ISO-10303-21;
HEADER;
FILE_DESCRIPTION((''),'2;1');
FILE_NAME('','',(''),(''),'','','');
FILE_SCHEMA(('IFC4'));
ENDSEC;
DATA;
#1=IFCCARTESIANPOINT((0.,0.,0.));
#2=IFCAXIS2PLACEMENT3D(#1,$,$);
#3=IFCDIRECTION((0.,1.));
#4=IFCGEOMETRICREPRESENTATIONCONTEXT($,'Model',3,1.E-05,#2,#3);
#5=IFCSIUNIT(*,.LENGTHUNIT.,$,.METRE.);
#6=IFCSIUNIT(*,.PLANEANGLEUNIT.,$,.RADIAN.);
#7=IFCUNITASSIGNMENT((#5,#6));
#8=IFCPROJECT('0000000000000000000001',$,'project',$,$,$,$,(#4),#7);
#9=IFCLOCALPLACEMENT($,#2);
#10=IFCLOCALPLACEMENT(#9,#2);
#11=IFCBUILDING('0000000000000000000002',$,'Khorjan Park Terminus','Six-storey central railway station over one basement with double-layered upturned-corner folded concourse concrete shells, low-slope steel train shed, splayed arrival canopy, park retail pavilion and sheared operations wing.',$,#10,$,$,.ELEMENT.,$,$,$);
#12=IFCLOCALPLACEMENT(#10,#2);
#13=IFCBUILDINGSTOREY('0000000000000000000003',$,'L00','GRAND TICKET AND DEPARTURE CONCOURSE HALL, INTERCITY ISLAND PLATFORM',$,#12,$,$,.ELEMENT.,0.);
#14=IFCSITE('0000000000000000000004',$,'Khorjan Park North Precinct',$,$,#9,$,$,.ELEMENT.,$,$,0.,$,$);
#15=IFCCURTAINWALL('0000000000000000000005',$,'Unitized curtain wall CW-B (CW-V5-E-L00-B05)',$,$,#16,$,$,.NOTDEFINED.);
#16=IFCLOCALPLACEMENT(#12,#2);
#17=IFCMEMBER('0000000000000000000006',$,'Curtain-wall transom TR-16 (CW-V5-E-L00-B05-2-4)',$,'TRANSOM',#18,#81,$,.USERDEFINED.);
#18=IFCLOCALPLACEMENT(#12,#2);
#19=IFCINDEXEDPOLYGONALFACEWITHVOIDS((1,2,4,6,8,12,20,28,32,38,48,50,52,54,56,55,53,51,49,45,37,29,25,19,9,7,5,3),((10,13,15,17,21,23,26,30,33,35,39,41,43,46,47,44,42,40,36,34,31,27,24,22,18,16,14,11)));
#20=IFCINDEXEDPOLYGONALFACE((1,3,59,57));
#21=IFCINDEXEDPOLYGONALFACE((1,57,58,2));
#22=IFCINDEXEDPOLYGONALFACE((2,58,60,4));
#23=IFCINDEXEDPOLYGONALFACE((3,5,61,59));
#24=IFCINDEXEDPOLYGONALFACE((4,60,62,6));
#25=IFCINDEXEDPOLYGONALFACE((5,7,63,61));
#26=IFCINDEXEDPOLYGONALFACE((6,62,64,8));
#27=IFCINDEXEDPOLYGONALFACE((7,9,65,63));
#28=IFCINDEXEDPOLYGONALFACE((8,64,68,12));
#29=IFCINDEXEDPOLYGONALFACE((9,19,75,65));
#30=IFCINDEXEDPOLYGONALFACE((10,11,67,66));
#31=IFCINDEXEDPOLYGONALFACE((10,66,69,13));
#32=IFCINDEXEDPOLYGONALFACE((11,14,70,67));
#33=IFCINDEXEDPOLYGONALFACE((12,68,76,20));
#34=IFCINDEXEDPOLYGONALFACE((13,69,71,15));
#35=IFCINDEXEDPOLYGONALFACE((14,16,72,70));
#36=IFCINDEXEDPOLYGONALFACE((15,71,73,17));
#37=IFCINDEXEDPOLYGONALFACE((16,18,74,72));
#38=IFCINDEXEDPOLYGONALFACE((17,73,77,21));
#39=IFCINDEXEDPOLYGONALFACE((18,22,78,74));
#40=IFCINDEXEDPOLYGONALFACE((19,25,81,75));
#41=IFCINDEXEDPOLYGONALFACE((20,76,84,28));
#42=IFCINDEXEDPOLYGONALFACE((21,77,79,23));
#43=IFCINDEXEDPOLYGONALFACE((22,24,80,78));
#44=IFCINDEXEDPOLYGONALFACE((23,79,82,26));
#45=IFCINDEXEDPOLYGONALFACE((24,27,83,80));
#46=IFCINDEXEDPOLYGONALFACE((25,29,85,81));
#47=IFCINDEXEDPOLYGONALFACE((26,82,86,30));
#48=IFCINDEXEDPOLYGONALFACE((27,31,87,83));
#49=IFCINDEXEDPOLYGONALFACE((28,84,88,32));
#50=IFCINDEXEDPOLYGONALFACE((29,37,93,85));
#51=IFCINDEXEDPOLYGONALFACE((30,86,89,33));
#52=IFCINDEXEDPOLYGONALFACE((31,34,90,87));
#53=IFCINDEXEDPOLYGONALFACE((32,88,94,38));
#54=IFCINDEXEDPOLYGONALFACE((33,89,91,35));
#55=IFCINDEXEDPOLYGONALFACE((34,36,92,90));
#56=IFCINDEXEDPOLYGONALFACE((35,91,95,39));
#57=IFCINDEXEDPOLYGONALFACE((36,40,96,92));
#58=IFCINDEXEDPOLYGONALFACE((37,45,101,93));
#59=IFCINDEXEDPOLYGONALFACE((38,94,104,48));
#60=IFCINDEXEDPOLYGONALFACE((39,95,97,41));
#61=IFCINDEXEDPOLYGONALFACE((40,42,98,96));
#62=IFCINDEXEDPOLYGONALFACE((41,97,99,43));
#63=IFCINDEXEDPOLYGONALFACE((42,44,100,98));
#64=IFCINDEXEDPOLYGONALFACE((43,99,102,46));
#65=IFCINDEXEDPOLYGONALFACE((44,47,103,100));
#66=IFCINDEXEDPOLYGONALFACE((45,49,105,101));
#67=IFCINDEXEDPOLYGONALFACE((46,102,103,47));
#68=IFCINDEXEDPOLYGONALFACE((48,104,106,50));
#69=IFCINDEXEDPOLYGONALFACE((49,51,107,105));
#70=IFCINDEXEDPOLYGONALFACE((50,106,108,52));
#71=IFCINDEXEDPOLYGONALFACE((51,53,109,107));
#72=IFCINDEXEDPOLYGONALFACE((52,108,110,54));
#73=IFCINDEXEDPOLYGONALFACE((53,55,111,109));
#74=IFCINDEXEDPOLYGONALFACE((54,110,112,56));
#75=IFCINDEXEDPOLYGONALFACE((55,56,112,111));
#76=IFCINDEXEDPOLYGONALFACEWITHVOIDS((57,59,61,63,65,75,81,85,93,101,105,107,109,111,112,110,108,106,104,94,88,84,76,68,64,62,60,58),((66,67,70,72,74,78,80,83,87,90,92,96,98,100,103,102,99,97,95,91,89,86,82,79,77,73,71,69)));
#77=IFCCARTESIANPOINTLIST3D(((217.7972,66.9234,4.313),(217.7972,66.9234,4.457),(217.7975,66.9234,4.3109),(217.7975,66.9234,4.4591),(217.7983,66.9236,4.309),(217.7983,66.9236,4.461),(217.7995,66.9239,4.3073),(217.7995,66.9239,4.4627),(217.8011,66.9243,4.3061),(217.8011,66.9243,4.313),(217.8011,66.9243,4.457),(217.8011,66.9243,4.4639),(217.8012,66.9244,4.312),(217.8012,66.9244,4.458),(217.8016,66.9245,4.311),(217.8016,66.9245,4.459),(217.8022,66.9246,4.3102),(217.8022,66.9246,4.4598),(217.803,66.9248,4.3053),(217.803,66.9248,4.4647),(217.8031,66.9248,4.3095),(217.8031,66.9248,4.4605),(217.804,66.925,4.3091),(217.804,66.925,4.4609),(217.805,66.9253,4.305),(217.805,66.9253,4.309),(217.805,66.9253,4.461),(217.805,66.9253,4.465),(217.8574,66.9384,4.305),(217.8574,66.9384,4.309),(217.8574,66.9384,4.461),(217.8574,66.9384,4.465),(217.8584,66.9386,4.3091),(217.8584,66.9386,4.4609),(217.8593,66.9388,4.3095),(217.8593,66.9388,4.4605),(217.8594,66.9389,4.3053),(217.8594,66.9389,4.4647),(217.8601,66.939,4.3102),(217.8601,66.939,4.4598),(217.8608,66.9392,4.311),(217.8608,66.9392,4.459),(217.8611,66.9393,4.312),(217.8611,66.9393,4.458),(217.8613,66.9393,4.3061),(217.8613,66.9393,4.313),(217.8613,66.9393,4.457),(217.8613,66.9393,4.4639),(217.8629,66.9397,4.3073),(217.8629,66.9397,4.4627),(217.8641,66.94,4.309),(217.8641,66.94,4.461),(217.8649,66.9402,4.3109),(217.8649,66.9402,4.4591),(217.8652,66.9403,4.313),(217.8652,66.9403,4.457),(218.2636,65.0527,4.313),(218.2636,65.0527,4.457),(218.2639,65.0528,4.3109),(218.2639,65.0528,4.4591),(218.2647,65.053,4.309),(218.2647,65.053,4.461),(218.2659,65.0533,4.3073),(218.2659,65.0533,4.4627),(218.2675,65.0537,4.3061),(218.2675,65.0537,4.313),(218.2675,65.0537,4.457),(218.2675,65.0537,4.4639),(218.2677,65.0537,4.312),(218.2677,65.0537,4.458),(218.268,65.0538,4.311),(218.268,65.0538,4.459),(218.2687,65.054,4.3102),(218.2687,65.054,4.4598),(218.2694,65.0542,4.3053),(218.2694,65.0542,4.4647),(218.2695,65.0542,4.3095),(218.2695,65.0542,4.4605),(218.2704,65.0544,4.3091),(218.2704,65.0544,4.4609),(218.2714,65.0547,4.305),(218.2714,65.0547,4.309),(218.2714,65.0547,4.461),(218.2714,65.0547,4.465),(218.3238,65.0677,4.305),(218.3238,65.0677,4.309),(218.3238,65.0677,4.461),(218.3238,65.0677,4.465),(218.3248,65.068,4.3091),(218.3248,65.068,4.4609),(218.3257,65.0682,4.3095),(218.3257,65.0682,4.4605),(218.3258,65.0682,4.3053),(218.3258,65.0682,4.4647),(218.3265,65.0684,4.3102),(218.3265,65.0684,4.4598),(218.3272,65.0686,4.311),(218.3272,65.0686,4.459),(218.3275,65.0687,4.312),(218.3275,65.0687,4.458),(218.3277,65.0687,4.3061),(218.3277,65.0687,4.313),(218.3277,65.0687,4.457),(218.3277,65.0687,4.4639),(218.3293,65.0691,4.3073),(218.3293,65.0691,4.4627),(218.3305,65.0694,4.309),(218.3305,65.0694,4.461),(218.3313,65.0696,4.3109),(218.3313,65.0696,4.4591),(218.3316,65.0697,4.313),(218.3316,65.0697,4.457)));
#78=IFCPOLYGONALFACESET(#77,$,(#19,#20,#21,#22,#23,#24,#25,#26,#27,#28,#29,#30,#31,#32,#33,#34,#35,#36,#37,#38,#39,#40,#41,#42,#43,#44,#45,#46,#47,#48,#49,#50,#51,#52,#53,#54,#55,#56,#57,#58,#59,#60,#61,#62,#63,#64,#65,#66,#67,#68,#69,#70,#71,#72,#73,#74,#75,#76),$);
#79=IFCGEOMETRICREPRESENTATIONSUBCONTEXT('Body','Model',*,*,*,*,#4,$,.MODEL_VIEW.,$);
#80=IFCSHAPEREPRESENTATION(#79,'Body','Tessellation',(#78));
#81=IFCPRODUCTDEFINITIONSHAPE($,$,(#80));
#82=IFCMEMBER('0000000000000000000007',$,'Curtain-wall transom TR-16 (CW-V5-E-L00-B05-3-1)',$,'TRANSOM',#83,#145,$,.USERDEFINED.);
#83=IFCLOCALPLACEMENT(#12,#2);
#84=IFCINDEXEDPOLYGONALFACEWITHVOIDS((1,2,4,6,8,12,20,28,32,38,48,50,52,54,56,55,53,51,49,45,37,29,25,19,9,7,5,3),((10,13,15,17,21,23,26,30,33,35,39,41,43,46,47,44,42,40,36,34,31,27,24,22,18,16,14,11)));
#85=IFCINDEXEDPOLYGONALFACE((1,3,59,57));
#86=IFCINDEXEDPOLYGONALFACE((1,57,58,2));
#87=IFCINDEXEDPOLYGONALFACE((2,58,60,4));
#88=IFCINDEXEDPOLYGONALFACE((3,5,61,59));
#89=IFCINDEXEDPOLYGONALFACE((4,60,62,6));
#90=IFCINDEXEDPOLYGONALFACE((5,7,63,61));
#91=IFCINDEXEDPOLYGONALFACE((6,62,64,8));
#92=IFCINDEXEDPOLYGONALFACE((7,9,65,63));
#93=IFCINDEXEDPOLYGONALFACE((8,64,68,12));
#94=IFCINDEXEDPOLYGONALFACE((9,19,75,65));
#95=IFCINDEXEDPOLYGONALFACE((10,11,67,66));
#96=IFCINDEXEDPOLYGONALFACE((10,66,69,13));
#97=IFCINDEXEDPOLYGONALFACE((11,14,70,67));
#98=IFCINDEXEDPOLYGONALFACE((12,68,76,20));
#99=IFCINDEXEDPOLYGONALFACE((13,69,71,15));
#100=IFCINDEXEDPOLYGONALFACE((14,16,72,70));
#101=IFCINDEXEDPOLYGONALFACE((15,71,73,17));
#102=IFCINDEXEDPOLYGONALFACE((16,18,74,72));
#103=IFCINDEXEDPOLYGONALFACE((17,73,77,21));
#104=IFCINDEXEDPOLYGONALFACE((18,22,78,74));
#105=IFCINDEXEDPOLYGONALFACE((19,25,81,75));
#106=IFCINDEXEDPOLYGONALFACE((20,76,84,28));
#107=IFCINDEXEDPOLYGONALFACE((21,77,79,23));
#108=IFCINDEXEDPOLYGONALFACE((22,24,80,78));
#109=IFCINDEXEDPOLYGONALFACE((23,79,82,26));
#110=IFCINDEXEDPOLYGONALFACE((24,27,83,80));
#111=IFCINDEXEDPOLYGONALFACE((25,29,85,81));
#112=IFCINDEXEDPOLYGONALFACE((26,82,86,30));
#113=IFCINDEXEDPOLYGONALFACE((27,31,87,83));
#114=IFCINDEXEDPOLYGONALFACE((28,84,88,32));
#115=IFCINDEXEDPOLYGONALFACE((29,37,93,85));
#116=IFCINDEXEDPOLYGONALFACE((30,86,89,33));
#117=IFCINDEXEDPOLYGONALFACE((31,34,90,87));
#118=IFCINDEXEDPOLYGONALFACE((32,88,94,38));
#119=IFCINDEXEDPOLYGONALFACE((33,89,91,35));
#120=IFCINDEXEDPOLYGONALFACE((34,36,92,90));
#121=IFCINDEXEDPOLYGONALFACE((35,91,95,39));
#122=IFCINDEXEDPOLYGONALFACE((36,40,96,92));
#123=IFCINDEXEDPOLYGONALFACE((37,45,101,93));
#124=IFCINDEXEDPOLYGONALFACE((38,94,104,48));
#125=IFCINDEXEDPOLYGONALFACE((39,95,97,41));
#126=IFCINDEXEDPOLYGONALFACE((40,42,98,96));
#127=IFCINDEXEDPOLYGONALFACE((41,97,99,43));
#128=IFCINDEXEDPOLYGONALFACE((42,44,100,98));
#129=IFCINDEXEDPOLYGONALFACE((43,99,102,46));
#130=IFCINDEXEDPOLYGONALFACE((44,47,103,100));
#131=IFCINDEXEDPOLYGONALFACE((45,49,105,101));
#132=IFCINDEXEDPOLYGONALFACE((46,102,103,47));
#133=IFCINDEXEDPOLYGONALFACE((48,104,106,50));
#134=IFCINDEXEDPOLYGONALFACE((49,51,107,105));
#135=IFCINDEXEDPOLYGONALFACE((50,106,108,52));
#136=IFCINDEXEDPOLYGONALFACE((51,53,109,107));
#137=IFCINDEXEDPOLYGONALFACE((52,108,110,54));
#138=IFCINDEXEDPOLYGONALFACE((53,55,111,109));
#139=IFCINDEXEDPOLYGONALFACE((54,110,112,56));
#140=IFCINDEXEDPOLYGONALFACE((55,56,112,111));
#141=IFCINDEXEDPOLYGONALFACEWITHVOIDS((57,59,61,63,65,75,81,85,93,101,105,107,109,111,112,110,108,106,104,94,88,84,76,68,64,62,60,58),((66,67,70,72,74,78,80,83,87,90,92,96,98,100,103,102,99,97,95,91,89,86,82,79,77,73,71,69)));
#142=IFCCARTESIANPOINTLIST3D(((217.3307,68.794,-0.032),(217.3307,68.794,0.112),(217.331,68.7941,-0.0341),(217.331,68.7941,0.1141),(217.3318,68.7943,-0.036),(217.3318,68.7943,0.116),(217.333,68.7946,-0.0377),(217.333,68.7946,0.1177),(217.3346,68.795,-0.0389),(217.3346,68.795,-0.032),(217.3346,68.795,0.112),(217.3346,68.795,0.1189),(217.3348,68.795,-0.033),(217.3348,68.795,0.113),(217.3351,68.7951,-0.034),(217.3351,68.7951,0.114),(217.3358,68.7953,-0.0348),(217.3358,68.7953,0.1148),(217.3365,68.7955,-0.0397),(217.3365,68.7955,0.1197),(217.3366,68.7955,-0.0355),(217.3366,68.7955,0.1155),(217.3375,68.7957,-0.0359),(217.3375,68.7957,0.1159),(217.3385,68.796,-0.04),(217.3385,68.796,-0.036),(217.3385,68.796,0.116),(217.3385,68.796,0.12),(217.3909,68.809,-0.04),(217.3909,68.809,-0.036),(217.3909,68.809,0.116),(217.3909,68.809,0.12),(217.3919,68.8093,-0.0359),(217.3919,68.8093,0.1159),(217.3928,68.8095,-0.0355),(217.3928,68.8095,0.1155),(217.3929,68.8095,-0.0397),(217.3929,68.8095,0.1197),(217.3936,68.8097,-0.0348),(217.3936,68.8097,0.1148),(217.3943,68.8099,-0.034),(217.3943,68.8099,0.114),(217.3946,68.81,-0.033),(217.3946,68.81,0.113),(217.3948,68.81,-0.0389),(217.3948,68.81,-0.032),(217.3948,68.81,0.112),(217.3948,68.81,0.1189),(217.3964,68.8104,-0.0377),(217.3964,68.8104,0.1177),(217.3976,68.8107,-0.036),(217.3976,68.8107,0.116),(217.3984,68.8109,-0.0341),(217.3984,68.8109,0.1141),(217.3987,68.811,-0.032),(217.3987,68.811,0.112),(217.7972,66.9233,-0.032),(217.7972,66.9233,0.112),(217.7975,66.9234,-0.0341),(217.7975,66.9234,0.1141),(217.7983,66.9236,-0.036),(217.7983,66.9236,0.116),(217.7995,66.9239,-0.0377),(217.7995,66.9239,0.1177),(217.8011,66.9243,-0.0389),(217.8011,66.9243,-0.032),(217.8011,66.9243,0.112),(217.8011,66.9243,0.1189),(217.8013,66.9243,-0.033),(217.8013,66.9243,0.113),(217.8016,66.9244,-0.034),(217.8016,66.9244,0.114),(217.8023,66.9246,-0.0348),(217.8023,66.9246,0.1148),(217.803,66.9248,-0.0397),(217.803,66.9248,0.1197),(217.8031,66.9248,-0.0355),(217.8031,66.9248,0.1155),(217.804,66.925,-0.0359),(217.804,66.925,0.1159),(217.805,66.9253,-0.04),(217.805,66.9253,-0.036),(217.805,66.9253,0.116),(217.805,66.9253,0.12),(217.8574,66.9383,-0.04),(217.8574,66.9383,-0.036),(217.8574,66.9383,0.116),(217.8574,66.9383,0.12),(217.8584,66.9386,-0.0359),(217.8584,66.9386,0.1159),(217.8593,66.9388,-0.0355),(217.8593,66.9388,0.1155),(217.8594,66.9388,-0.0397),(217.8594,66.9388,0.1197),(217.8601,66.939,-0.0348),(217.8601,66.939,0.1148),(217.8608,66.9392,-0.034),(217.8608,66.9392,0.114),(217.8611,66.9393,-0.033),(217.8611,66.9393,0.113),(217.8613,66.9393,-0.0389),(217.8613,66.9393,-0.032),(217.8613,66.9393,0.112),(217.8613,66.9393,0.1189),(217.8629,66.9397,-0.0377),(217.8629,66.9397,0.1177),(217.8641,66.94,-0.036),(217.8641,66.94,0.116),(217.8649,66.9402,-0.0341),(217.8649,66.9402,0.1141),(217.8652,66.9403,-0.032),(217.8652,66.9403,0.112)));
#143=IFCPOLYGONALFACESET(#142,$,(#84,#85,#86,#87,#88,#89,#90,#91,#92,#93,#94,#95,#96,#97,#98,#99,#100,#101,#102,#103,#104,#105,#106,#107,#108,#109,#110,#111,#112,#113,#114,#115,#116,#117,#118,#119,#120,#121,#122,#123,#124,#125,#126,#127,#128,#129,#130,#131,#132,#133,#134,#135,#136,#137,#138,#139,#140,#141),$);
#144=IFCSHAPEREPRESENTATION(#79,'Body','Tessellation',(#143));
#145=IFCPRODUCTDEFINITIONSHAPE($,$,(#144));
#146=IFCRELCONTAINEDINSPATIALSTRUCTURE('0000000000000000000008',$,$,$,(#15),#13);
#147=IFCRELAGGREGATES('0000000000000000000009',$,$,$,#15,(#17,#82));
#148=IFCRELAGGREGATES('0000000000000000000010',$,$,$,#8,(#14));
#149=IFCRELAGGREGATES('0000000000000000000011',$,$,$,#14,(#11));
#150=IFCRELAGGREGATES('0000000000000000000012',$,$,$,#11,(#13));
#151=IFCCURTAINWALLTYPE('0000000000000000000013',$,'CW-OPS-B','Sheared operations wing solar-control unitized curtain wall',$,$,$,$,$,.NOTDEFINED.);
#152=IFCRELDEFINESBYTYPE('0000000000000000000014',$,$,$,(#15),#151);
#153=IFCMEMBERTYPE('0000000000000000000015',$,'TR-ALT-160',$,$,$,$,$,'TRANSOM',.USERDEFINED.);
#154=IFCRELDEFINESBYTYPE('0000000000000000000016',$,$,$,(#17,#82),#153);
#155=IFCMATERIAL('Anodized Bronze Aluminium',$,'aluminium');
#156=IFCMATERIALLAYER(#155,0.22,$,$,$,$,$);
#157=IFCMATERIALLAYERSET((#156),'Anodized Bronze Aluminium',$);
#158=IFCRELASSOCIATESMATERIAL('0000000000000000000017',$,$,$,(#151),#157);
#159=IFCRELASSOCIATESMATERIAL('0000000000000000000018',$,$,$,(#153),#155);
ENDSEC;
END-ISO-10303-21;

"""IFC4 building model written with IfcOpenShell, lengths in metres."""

from ifc_helpers import new_model, si_unit, direction, frame, origin, origin_2d, place, context, subcontext, project, spatial, hollow_rectangle, extrude, material, layer, layer_set, material_profile, profile_set, type_object, element, aggregate, save


model = new_model("IFC4")

# Units and contexts
model_context = context("Model", 3, precision=1e-05, world=origin(), true_north=direction((0.0, 1.0)))
body_context = subcontext(model_context, "Body", "Model", "MODEL_VIEW")
ifc_project = project(units=[si_unit("LENGTHUNIT", "METRE"), si_unit("PLANEANGLEUNIT", "RADIAN")], contexts=[model_context])

# Site, building, storey
site_placement = place(None, origin())
site = spatial("IfcSite", under=ifc_project, at=site_placement, Name="Khorjan Park North Precinct", CompositionType="ELEMENT", RefElevation=0.0)
building_placement = place(site_placement, origin())
building = spatial("IfcBuilding", under=site, at=building_placement, Name="Khorjan Park Terminus", Description="Six-storey central railway station over one basement with double-layered upturned-corner folded concourse concrete shells, low-slope steel train shed, splayed arrival canopy, park retail pavilion and sheared operations wing.", CompositionType="ELEMENT")
storey_placement = place(building_placement, origin())
storey = spatial("IfcBuildingStorey", under=building, at=storey_placement, Name="L00", Description="GRAND TICKET AND DEPARTURE CONCOURSE HALL, INTERCITY ISLAND PLATFORM", CompositionType="ELEMENT", Elevation=0.0)

# Curtain wall, members
ifc_material_1 = material(Name="Anodized Bronze Aluminium", Category="aluminium")
ifc_layer_1 = layer(ifc_material_1, 0.22)
ifc_layer_set_1 = layer_set([ifc_layer_1], Name="Anodized Bronze Aluminium")
curtain_wall_type = type_object("IfcCurtainWallType", Name="CW-OPS-B", Description="Sheared operations wing solar-control unitized curtain wall", PredefinedType="NOTDEFINED", material=ifc_layer_set_1)
curtain_wall_placement = place(storey_placement, origin())
curtain_wall = element("IfcCurtainWall", 1, at=curtain_wall_placement, inside=storey, type_object=curtain_wall_type, Name="Unitized curtain wall CW-B (CW-V5-E-L00-B05)", PredefinedType="NOTDEFINED")
ifc_material_profile_1 = material_profile(ifc_material_1, hollow_rectangle(XDim=0.07, YDim=0.16, WallThickness=0.004, InnerFilletRadius=0.004, OuterFilletRadius=0.008, at=origin_2d()), Name="ALT 70x160x4")
ifc_profile_set_1 = profile_set([ifc_material_profile_1], Name="Anodized Bronze Aluminium")
member_type_1 = type_object("IfcMemberType", Name="TR-ALT-160", ElementType="TRANSOM", PredefinedType="USERDEFINED", material=ifc_profile_set_1)
member_1_placement = place(storey_placement, frame((218.2976, 65.0612, 4.385), z_axis=(-0.241925, 0.970295, 0.0), x_axis=(-0.970295, -0.241925, 0.0)))
member_1 = element("IfcMember", 2, at=member_1_placement, type_object=member_type_1, Name="Curtain-wall transom TR-16 (CW-V5-E-L00-B05-2-4)", ObjectType="TRANSOM", PredefinedType="USERDEFINED", context=body_context, shape_type="SweptSolid", body=[
    extrude(hollow_rectangle(XDim=0.07, YDim=0.16, WallThickness=0.004, InnerFilletRadius=0.004, OuterFilletRadius=0.008, at=origin_2d()), origin(), (0.0, 0.0, 1.0), 1.9279),
])
member_2_placement = place(storey_placement, frame((217.8312, 66.9318, 0.04), z_axis=(-0.241962, 0.970286, 0.0), x_axis=(-0.970286, -0.241962, 0.0)))
member_2 = element("IfcMember", 3, at=member_2_placement, type_object=member_type_1, Name="Curtain-wall transom TR-16 (CW-V5-E-L00-B05-3-1)", ObjectType="TRANSOM", PredefinedType="USERDEFINED", context=body_context, shape_type="SweptSolid", body=[
    extrude(hollow_rectangle(XDim=0.07, YDim=0.16, WallThickness=0.004, InnerFilletRadius=0.004, OuterFilletRadius=0.008, at=origin_2d()), origin(), (0.0, 0.0, 1.0), 1.928),
])
aggregate(curtain_wall, [member_1, member_2])

save(model, "model.ifc")
